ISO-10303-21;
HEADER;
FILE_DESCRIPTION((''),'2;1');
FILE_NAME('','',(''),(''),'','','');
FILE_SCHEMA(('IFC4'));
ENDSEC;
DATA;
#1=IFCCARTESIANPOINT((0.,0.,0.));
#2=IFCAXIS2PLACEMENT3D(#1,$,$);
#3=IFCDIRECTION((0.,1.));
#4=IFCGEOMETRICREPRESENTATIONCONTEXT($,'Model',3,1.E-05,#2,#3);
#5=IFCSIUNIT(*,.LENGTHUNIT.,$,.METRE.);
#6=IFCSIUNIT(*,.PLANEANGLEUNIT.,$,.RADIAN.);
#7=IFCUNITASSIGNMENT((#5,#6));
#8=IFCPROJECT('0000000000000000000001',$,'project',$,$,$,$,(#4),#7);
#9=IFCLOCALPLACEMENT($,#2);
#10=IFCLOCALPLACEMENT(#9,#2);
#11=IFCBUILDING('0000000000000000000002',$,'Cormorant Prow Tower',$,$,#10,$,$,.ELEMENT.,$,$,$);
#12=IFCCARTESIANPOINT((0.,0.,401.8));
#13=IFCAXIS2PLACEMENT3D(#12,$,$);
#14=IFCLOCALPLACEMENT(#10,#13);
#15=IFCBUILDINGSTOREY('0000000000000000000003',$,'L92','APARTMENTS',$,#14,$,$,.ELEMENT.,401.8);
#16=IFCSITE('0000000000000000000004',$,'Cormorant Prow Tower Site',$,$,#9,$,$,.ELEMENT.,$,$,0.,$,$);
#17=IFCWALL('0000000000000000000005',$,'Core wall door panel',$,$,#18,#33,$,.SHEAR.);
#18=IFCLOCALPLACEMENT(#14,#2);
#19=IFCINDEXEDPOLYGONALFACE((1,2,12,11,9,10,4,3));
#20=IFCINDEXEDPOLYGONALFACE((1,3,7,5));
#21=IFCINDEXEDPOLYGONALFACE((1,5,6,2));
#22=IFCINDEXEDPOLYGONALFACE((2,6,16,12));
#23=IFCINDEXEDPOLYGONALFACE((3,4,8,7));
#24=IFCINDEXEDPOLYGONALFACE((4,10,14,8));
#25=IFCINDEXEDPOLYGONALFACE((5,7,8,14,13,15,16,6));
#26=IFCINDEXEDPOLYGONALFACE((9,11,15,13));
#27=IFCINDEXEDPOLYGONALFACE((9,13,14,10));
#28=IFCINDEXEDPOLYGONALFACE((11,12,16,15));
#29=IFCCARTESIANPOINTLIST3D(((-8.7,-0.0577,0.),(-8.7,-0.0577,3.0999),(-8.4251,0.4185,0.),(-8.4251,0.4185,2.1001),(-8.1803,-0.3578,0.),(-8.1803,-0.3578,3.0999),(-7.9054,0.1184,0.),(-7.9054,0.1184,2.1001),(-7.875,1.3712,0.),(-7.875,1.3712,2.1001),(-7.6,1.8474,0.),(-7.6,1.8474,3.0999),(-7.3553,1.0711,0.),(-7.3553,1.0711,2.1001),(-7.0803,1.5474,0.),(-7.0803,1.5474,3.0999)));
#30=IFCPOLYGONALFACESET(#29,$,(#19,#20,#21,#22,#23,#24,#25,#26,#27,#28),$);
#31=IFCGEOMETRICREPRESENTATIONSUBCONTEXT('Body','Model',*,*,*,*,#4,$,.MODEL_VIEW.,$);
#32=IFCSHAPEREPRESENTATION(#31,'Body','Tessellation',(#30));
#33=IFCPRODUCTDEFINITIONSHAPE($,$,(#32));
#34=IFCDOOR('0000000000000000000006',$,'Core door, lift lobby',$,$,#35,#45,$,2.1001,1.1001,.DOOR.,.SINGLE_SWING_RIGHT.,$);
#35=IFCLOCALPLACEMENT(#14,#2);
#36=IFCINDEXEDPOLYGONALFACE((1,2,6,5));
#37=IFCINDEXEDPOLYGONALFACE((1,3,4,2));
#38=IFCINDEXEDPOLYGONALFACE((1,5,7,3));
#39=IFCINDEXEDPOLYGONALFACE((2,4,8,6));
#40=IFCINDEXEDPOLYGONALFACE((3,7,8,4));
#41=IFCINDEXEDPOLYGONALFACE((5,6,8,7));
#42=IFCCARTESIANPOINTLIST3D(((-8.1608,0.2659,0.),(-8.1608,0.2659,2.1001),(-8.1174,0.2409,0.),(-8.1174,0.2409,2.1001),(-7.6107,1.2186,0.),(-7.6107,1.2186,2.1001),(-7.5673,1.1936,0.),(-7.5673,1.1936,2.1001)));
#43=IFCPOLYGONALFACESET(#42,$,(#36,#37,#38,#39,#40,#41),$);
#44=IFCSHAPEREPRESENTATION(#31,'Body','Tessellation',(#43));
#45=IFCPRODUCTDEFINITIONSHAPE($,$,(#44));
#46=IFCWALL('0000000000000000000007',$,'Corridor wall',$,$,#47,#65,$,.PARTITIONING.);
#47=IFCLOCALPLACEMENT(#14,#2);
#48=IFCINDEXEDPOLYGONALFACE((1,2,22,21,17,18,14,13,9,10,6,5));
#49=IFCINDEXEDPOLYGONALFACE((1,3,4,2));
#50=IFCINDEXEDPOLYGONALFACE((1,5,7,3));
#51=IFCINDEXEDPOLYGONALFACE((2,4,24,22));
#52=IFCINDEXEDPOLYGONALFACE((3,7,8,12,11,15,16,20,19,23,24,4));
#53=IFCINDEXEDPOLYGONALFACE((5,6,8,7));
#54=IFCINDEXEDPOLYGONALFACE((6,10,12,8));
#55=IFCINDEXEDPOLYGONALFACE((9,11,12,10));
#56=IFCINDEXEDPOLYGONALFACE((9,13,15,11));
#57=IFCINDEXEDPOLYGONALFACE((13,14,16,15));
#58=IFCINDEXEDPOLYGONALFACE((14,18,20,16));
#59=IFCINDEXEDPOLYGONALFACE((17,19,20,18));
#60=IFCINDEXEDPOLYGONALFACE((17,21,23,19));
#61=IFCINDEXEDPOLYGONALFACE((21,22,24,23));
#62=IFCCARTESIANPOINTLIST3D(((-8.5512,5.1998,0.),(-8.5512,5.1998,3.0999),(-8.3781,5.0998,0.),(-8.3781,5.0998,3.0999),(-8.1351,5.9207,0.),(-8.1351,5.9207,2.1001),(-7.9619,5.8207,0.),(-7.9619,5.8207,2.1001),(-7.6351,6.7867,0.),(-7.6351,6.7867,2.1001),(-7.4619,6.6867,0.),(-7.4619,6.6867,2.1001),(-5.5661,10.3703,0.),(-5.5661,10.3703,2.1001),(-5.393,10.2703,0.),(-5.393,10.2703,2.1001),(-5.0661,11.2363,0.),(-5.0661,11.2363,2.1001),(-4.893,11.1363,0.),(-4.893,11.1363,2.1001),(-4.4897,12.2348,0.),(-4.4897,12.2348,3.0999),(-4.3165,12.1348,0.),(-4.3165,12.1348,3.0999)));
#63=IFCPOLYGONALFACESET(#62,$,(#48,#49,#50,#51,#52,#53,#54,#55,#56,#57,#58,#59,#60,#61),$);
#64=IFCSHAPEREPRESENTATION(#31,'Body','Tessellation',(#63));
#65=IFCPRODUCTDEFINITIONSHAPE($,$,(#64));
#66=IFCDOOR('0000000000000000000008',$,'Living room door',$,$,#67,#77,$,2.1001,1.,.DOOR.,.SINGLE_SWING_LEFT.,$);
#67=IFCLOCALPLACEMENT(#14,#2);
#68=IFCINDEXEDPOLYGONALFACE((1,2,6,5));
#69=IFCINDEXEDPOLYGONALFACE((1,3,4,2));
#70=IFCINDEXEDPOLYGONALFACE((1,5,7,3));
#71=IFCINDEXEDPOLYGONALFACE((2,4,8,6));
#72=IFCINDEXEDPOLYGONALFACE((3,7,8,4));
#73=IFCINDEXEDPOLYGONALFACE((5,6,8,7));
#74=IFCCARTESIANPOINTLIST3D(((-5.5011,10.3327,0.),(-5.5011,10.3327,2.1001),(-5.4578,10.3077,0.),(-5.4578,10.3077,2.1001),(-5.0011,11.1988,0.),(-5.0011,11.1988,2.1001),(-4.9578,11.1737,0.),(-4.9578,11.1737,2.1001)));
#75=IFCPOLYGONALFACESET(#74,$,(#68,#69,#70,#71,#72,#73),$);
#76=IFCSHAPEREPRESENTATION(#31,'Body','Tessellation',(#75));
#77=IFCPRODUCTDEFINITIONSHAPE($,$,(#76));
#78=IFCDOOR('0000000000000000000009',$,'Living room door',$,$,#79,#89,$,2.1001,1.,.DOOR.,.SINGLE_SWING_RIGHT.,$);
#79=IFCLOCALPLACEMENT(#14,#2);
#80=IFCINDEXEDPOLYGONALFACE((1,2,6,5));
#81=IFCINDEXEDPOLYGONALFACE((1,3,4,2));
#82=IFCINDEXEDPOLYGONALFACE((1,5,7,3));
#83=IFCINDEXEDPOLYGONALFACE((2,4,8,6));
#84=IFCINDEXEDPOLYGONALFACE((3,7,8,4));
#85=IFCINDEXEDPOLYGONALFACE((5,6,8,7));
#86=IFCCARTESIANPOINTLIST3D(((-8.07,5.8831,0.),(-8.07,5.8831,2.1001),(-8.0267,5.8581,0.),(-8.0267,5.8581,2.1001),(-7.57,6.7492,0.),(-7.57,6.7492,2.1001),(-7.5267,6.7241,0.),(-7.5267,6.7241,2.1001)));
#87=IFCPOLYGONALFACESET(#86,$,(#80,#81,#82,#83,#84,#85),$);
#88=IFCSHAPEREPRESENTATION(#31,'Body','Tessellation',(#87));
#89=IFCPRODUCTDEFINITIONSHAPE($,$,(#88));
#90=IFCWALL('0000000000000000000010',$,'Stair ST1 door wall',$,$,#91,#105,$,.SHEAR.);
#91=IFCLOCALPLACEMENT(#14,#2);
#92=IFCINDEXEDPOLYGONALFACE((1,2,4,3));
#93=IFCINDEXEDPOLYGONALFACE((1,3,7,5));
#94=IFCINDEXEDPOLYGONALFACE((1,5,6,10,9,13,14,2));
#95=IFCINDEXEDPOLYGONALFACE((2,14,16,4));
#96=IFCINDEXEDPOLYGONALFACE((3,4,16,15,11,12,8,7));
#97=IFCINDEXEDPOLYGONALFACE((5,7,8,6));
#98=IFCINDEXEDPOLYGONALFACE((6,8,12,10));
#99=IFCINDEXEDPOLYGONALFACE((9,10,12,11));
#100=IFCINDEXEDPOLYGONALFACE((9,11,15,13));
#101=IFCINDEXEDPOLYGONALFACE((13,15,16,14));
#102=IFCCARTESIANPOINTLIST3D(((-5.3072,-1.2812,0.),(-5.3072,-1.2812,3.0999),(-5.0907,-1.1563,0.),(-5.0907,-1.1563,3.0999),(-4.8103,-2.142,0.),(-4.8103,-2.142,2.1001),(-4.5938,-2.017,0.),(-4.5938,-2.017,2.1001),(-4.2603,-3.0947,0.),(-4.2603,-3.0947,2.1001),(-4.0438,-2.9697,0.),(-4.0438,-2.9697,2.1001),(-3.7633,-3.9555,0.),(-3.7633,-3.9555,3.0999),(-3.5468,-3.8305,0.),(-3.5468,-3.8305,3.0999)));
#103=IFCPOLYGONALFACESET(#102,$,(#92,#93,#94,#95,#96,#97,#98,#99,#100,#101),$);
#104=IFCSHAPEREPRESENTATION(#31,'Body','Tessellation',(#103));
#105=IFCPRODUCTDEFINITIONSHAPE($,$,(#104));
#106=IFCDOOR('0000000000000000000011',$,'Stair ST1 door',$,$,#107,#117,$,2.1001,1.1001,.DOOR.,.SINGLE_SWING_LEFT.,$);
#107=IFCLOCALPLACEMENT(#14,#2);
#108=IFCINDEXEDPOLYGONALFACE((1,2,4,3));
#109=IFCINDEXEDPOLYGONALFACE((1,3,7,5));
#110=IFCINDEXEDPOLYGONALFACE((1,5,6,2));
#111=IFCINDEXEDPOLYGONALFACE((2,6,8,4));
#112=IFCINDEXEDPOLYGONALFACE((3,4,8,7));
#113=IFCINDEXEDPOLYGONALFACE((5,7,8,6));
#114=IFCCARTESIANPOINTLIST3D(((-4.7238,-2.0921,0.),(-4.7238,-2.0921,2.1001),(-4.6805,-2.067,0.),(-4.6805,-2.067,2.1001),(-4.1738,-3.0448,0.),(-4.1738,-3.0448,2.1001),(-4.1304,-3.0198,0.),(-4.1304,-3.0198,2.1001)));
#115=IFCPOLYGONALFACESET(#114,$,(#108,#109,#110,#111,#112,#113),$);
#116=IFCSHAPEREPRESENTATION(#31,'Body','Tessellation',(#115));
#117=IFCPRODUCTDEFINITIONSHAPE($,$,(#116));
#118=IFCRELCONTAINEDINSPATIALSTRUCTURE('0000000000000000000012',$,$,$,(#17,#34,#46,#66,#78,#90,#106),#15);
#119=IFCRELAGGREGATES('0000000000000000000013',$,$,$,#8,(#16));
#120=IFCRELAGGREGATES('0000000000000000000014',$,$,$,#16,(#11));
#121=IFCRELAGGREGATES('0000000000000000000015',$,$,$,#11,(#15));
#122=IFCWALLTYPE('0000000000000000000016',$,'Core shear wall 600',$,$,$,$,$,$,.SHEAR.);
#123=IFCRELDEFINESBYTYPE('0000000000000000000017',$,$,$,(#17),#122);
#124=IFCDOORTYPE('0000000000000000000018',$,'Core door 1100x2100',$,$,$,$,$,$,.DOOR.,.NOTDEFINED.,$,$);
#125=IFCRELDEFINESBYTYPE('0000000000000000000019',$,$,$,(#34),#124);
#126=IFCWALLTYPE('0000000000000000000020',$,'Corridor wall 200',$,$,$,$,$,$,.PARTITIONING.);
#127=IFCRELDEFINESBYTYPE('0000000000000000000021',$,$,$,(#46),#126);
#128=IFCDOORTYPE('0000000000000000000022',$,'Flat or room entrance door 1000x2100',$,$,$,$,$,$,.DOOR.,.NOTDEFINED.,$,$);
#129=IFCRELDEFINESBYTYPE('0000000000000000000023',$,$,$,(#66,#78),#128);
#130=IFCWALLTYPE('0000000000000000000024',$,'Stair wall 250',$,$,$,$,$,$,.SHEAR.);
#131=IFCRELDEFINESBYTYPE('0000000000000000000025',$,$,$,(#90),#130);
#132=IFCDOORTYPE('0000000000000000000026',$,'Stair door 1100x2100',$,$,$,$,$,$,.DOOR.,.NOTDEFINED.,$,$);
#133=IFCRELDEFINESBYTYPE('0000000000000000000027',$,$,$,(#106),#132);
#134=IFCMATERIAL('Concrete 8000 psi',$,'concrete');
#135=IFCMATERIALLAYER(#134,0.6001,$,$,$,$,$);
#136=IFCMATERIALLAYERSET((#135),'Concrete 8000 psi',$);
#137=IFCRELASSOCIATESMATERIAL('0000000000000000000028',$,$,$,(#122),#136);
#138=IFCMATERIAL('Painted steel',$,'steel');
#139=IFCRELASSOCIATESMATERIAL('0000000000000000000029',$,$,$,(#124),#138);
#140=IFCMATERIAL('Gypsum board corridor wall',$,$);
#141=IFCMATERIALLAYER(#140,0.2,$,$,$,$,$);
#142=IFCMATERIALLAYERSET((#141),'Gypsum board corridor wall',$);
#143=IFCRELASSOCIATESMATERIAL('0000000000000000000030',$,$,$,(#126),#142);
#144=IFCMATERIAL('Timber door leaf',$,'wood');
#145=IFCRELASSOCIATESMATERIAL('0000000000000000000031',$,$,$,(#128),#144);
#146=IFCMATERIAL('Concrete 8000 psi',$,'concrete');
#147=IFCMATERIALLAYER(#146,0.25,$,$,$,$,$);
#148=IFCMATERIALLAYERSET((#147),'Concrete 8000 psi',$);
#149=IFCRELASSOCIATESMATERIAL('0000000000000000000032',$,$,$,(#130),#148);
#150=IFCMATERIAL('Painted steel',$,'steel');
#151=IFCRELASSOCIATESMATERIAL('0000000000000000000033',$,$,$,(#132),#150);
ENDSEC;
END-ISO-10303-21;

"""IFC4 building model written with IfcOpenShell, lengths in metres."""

from ifc_helpers import new_model, si_unit, direction, frame, frame_2d, origin, place, context, subcontext, project, spatial, rectangle, extrude, material, layer, layer_set, type_object, element, fill, save


model = new_model("IFC4")

# Units and contexts
model_context = context("Model", 3, precision=1e-05, world=origin(), true_north=direction((0.0, 1.0)))
body_context = subcontext(model_context, "Body", "Model", "MODEL_VIEW")
ifc_project = project(units=[si_unit("LENGTHUNIT", "METRE"), si_unit("PLANEANGLEUNIT", "RADIAN")], contexts=[model_context])

# Site, building, storey
site_placement = place(None, origin())
site = spatial("IfcSite", under=ifc_project, at=site_placement, Name="Cormorant Prow Tower Site", CompositionType="ELEMENT", RefElevation=0.0)
building_placement = place(site_placement, origin())
building = spatial("IfcBuilding", under=site, at=building_placement, Name="Cormorant Prow Tower", CompositionType="ELEMENT")
storey_placement = place(building_placement, frame((0.0, 0.0, 401.8)))
storey = spatial("IfcBuildingStorey", under=building, at=storey_placement, Name="L92", Description="APARTMENTS", CompositionType="ELEMENT", Elevation=401.8)

# Wall, opening, door
ifc_material_1 = material(Name="Concrete 8000 psi", Category="concrete")
ifc_layer_1 = layer(ifc_material_1, 0.6001)
ifc_layer_set_1 = layer_set([ifc_layer_1], Name="Concrete 8000 psi")
wall_type_1 = type_object("IfcWallType", Name="Core shear wall 600", PredefinedType="SHEAR", material=ifc_layer_set_1)
wall_1_placement = place(storey_placement, frame((-7.3401, 1.6975, 0.0), z_axis=(0.0, 0.0, 1.0), x_axis=(-0.50003, -0.866008, 0.0)))
wall_1 = element("IfcWall", 1, at=wall_1_placement, inside=storey, type_object=wall_type_1, Name="Core wall door panel", PredefinedType="SHEAR", context=body_context, shape_type="SweptSolid", body=[
    extrude(rectangle(XDim=2.2, YDim=0.6001, at=frame_2d((1.1001, 0.0))), origin(), (0.0, 0.0, 1.0), 3.0999),
])
opening_1_placement = place(wall_1_placement, frame((0.55, 0.0, 0.0)))
opening_1 = element("IfcOpeningElement", 2, at=opening_1_placement, cuts=wall_1, PredefinedType="OPENING", context=body_context, shape_type="SweptSolid", body=[
    extrude(rectangle(XDim=1.1001, YDim=2.1001, at=frame_2d((0.55, 1.05))), frame((0.0, 0.3101, 0.0), z_axis=(0.0, -1.0, 0.0), x_axis=(1.0, 0.0, 0.0)), (0.0, 0.0, 1.0), 0.6201),
])
ifc_material_2 = material(Name="Painted steel", Category="steel")
door_type_1 = type_object("IfcDoorType", Name="Core door 1100x2100", OperationType="NOTDEFINED", PredefinedType="DOOR", material=ifc_material_2)
door_1_placement = place(opening_1_placement, origin())
door_1 = element("IfcDoor", 3, at=door_1_placement, inside=storey, type_object=door_type_1, Name="Core door, lift lobby", OperationType="SINGLE_SWING_RIGHT", OverallHeight=2.1001, OverallWidth=1.1001, PredefinedType="DOOR", context=body_context, shape_type="SweptSolid", body=[
    extrude(rectangle(XDim=1.1001, YDim=2.1001, at=frame_2d((0.55, 1.05))), frame((0.0, 0.0552, 0.0), z_axis=(0.0, -1.0, 0.0), x_axis=(1.0, 0.0, 0.0)), (0.0, 0.0, 1.0), 0.05),
])
fill(opening_1, door_1)

# Wall, openings, doors
ifc_material_3 = material(Name="Gypsum board corridor wall")
ifc_layer_2 = layer(ifc_material_3, 0.2)
ifc_layer_set_2 = layer_set([ifc_layer_2], Name="Gypsum board corridor wall")
wall_type_2 = type_object("IfcWallType", Name="Corridor wall 200", PredefinedType="PARTITIONING", material=ifc_layer_set_2)
wall_2_placement = place(storey_placement, frame((-8.4646, 5.1499, 0.0), z_axis=(0.0, 0.0, 1.0), x_axis=(0.499992, 0.86603, 0.0)))
wall_2 = element("IfcWall", 4, at=wall_2_placement, inside=storey, type_object=wall_type_2, Name="Corridor wall", PredefinedType="PARTITIONING", context=body_context, shape_type="SweptSolid", body=[
    extrude(rectangle(XDim=8.1233, YDim=0.2, at=frame_2d((4.0615, 0.0))), origin(), (0.0, 0.0, 1.0), 3.0999),
])
opening_2_placement = place(wall_2_placement, frame((5.9702, 0.0, 0.0)))
opening_2 = element("IfcOpeningElement", 5, at=opening_2_placement, cuts=wall_2, PredefinedType="OPENING", context=body_context, shape_type="SweptSolid", body=[
    extrude(rectangle(XDim=1.0, YDim=2.1001, at=frame_2d((0.5, 1.05))), frame((0.0, 0.1099, 0.0), z_axis=(0.0, -1.0, 0.0), x_axis=(1.0, 0.0, 0.0)), (0.0, 0.0, 1.0), 0.22),
])
opening_3_placement = place(wall_2_placement, frame((0.8323, 0.0, 0.0)))
opening_3 = element("IfcOpeningElement", 6, at=opening_3_placement, cuts=wall_2, PredefinedType="OPENING", context=body_context, shape_type="SweptSolid", body=[
    extrude(rectangle(XDim=1.0, YDim=2.1001, at=frame_2d((0.5, 1.05))), frame((0.0, 0.1099, 0.0), z_axis=(0.0, -1.0, 0.0), x_axis=(1.0, 0.0, 0.0)), (0.0, 0.0, 1.0), 0.22),
])
ifc_material_4 = material(Name="Timber door leaf", Category="wood")
door_type_2 = type_object("IfcDoorType", Name="Flat or room entrance door 1000x2100", OperationType="NOTDEFINED", PredefinedType="DOOR", material=ifc_material_4)
door_2_placement = place(opening_2_placement, origin())
door_2 = element("IfcDoor", 7, at=door_2_placement, inside=storey, type_object=door_type_2, Name="Living room door", OperationType="SINGLE_SWING_LEFT", OverallHeight=2.1001, OverallWidth=1.0, PredefinedType="DOOR", context=body_context, shape_type="SweptSolid", body=[
    extrude(rectangle(XDim=1.0, YDim=2.1001, at=frame_2d((0.5, 1.05))), frame((0.0, 0.0249, 0.0), z_axis=(0.0, -1.0, 0.0), x_axis=(1.0, 0.0, 0.0)), (0.0, 0.0, 1.0), 0.05),
])
fill(opening_2, door_2)
door_3_placement = place(opening_3_placement, origin())
door_3 = element("IfcDoor", 8, at=door_3_placement, inside=storey, type_object=door_type_2, Name="Living room door", OperationType="SINGLE_SWING_RIGHT", OverallHeight=2.1001, OverallWidth=1.0, PredefinedType="DOOR", context=body_context, shape_type="SweptSolid", body=[
    extrude(rectangle(XDim=1.0, YDim=2.1001, at=frame_2d((0.5, 1.05))), frame((0.0, 0.0249, 0.0), z_axis=(0.0, -1.0, 0.0), x_axis=(1.0, 0.0, 0.0)), (0.0, 0.0, 1.0), 0.05),
])
fill(opening_3, door_3)

# Wall, opening, door
ifc_material_5 = material(Name="Concrete 8000 psi", Category="concrete")
ifc_layer_3 = layer(ifc_material_5, 0.25)
ifc_layer_set_3 = layer_set([ifc_layer_3], Name="Concrete 8000 psi")
wall_type_3 = type_object("IfcWallType", Name="Stair wall 250", PredefinedType="SHEAR", material=ifc_layer_set_3)
wall_3_placement = place(storey_placement, frame((-5.199, -1.2188, 0.0), z_axis=(0.0, 0.0, 1.0), x_axis=(0.499983, -0.866035, 0.0)))
wall_3 = element("IfcWall", 9, at=wall_3_placement, inside=storey, type_object=wall_type_3, Name="Stair ST1 door wall", PredefinedType="SHEAR", context=body_context, shape_type="SweptSolid", body=[
    extrude(rectangle(XDim=3.0879, YDim=0.25, at=frame_2d((1.5439, 0.0))), origin(), (0.0, 0.0, 1.0), 3.0999),
])
opening_4_placement = place(wall_3_placement, frame((0.9939, 0.0, 0.0)))
opening_4 = element("IfcOpeningElement", 10, at=opening_4_placement, cuts=wall_3, PredefinedType="OPENING", context=body_context, shape_type="SweptSolid", body=[
    extrude(rectangle(XDim=1.1001, YDim=2.1001, at=frame_2d((0.55, 1.05))), frame((0.0, 0.135, 0.0), z_axis=(0.0, -1.0, 0.0), x_axis=(1.0, 0.0, 0.0)), (0.0, 0.0, 1.0), 0.27),
])
ifc_material_6 = material(Name="Painted steel", Category="steel")
door_type_3 = type_object("IfcDoorType", Name="Stair door 1100x2100", OperationType="NOTDEFINED", PredefinedType="DOOR", material=ifc_material_6)
door_4_placement = place(opening_4_placement, origin())
door_4 = element("IfcDoor", 11, at=door_4_placement, inside=storey, type_object=door_type_3, Name="Stair ST1 door", OperationType="SINGLE_SWING_LEFT", OverallHeight=2.1001, OverallWidth=1.1001, PredefinedType="DOOR", context=body_context, shape_type="SweptSolid", body=[
    extrude(rectangle(XDim=1.1001, YDim=2.1001, at=frame_2d((0.55, 1.05))), frame((0.0, 0.0249, 0.0), z_axis=(0.0, -1.0, 0.0), x_axis=(1.0, 0.0, 0.0)), (0.0, 0.0, 1.0), 0.05),
])
fill(opening_4, door_4)

save(model, "model.ifc")
